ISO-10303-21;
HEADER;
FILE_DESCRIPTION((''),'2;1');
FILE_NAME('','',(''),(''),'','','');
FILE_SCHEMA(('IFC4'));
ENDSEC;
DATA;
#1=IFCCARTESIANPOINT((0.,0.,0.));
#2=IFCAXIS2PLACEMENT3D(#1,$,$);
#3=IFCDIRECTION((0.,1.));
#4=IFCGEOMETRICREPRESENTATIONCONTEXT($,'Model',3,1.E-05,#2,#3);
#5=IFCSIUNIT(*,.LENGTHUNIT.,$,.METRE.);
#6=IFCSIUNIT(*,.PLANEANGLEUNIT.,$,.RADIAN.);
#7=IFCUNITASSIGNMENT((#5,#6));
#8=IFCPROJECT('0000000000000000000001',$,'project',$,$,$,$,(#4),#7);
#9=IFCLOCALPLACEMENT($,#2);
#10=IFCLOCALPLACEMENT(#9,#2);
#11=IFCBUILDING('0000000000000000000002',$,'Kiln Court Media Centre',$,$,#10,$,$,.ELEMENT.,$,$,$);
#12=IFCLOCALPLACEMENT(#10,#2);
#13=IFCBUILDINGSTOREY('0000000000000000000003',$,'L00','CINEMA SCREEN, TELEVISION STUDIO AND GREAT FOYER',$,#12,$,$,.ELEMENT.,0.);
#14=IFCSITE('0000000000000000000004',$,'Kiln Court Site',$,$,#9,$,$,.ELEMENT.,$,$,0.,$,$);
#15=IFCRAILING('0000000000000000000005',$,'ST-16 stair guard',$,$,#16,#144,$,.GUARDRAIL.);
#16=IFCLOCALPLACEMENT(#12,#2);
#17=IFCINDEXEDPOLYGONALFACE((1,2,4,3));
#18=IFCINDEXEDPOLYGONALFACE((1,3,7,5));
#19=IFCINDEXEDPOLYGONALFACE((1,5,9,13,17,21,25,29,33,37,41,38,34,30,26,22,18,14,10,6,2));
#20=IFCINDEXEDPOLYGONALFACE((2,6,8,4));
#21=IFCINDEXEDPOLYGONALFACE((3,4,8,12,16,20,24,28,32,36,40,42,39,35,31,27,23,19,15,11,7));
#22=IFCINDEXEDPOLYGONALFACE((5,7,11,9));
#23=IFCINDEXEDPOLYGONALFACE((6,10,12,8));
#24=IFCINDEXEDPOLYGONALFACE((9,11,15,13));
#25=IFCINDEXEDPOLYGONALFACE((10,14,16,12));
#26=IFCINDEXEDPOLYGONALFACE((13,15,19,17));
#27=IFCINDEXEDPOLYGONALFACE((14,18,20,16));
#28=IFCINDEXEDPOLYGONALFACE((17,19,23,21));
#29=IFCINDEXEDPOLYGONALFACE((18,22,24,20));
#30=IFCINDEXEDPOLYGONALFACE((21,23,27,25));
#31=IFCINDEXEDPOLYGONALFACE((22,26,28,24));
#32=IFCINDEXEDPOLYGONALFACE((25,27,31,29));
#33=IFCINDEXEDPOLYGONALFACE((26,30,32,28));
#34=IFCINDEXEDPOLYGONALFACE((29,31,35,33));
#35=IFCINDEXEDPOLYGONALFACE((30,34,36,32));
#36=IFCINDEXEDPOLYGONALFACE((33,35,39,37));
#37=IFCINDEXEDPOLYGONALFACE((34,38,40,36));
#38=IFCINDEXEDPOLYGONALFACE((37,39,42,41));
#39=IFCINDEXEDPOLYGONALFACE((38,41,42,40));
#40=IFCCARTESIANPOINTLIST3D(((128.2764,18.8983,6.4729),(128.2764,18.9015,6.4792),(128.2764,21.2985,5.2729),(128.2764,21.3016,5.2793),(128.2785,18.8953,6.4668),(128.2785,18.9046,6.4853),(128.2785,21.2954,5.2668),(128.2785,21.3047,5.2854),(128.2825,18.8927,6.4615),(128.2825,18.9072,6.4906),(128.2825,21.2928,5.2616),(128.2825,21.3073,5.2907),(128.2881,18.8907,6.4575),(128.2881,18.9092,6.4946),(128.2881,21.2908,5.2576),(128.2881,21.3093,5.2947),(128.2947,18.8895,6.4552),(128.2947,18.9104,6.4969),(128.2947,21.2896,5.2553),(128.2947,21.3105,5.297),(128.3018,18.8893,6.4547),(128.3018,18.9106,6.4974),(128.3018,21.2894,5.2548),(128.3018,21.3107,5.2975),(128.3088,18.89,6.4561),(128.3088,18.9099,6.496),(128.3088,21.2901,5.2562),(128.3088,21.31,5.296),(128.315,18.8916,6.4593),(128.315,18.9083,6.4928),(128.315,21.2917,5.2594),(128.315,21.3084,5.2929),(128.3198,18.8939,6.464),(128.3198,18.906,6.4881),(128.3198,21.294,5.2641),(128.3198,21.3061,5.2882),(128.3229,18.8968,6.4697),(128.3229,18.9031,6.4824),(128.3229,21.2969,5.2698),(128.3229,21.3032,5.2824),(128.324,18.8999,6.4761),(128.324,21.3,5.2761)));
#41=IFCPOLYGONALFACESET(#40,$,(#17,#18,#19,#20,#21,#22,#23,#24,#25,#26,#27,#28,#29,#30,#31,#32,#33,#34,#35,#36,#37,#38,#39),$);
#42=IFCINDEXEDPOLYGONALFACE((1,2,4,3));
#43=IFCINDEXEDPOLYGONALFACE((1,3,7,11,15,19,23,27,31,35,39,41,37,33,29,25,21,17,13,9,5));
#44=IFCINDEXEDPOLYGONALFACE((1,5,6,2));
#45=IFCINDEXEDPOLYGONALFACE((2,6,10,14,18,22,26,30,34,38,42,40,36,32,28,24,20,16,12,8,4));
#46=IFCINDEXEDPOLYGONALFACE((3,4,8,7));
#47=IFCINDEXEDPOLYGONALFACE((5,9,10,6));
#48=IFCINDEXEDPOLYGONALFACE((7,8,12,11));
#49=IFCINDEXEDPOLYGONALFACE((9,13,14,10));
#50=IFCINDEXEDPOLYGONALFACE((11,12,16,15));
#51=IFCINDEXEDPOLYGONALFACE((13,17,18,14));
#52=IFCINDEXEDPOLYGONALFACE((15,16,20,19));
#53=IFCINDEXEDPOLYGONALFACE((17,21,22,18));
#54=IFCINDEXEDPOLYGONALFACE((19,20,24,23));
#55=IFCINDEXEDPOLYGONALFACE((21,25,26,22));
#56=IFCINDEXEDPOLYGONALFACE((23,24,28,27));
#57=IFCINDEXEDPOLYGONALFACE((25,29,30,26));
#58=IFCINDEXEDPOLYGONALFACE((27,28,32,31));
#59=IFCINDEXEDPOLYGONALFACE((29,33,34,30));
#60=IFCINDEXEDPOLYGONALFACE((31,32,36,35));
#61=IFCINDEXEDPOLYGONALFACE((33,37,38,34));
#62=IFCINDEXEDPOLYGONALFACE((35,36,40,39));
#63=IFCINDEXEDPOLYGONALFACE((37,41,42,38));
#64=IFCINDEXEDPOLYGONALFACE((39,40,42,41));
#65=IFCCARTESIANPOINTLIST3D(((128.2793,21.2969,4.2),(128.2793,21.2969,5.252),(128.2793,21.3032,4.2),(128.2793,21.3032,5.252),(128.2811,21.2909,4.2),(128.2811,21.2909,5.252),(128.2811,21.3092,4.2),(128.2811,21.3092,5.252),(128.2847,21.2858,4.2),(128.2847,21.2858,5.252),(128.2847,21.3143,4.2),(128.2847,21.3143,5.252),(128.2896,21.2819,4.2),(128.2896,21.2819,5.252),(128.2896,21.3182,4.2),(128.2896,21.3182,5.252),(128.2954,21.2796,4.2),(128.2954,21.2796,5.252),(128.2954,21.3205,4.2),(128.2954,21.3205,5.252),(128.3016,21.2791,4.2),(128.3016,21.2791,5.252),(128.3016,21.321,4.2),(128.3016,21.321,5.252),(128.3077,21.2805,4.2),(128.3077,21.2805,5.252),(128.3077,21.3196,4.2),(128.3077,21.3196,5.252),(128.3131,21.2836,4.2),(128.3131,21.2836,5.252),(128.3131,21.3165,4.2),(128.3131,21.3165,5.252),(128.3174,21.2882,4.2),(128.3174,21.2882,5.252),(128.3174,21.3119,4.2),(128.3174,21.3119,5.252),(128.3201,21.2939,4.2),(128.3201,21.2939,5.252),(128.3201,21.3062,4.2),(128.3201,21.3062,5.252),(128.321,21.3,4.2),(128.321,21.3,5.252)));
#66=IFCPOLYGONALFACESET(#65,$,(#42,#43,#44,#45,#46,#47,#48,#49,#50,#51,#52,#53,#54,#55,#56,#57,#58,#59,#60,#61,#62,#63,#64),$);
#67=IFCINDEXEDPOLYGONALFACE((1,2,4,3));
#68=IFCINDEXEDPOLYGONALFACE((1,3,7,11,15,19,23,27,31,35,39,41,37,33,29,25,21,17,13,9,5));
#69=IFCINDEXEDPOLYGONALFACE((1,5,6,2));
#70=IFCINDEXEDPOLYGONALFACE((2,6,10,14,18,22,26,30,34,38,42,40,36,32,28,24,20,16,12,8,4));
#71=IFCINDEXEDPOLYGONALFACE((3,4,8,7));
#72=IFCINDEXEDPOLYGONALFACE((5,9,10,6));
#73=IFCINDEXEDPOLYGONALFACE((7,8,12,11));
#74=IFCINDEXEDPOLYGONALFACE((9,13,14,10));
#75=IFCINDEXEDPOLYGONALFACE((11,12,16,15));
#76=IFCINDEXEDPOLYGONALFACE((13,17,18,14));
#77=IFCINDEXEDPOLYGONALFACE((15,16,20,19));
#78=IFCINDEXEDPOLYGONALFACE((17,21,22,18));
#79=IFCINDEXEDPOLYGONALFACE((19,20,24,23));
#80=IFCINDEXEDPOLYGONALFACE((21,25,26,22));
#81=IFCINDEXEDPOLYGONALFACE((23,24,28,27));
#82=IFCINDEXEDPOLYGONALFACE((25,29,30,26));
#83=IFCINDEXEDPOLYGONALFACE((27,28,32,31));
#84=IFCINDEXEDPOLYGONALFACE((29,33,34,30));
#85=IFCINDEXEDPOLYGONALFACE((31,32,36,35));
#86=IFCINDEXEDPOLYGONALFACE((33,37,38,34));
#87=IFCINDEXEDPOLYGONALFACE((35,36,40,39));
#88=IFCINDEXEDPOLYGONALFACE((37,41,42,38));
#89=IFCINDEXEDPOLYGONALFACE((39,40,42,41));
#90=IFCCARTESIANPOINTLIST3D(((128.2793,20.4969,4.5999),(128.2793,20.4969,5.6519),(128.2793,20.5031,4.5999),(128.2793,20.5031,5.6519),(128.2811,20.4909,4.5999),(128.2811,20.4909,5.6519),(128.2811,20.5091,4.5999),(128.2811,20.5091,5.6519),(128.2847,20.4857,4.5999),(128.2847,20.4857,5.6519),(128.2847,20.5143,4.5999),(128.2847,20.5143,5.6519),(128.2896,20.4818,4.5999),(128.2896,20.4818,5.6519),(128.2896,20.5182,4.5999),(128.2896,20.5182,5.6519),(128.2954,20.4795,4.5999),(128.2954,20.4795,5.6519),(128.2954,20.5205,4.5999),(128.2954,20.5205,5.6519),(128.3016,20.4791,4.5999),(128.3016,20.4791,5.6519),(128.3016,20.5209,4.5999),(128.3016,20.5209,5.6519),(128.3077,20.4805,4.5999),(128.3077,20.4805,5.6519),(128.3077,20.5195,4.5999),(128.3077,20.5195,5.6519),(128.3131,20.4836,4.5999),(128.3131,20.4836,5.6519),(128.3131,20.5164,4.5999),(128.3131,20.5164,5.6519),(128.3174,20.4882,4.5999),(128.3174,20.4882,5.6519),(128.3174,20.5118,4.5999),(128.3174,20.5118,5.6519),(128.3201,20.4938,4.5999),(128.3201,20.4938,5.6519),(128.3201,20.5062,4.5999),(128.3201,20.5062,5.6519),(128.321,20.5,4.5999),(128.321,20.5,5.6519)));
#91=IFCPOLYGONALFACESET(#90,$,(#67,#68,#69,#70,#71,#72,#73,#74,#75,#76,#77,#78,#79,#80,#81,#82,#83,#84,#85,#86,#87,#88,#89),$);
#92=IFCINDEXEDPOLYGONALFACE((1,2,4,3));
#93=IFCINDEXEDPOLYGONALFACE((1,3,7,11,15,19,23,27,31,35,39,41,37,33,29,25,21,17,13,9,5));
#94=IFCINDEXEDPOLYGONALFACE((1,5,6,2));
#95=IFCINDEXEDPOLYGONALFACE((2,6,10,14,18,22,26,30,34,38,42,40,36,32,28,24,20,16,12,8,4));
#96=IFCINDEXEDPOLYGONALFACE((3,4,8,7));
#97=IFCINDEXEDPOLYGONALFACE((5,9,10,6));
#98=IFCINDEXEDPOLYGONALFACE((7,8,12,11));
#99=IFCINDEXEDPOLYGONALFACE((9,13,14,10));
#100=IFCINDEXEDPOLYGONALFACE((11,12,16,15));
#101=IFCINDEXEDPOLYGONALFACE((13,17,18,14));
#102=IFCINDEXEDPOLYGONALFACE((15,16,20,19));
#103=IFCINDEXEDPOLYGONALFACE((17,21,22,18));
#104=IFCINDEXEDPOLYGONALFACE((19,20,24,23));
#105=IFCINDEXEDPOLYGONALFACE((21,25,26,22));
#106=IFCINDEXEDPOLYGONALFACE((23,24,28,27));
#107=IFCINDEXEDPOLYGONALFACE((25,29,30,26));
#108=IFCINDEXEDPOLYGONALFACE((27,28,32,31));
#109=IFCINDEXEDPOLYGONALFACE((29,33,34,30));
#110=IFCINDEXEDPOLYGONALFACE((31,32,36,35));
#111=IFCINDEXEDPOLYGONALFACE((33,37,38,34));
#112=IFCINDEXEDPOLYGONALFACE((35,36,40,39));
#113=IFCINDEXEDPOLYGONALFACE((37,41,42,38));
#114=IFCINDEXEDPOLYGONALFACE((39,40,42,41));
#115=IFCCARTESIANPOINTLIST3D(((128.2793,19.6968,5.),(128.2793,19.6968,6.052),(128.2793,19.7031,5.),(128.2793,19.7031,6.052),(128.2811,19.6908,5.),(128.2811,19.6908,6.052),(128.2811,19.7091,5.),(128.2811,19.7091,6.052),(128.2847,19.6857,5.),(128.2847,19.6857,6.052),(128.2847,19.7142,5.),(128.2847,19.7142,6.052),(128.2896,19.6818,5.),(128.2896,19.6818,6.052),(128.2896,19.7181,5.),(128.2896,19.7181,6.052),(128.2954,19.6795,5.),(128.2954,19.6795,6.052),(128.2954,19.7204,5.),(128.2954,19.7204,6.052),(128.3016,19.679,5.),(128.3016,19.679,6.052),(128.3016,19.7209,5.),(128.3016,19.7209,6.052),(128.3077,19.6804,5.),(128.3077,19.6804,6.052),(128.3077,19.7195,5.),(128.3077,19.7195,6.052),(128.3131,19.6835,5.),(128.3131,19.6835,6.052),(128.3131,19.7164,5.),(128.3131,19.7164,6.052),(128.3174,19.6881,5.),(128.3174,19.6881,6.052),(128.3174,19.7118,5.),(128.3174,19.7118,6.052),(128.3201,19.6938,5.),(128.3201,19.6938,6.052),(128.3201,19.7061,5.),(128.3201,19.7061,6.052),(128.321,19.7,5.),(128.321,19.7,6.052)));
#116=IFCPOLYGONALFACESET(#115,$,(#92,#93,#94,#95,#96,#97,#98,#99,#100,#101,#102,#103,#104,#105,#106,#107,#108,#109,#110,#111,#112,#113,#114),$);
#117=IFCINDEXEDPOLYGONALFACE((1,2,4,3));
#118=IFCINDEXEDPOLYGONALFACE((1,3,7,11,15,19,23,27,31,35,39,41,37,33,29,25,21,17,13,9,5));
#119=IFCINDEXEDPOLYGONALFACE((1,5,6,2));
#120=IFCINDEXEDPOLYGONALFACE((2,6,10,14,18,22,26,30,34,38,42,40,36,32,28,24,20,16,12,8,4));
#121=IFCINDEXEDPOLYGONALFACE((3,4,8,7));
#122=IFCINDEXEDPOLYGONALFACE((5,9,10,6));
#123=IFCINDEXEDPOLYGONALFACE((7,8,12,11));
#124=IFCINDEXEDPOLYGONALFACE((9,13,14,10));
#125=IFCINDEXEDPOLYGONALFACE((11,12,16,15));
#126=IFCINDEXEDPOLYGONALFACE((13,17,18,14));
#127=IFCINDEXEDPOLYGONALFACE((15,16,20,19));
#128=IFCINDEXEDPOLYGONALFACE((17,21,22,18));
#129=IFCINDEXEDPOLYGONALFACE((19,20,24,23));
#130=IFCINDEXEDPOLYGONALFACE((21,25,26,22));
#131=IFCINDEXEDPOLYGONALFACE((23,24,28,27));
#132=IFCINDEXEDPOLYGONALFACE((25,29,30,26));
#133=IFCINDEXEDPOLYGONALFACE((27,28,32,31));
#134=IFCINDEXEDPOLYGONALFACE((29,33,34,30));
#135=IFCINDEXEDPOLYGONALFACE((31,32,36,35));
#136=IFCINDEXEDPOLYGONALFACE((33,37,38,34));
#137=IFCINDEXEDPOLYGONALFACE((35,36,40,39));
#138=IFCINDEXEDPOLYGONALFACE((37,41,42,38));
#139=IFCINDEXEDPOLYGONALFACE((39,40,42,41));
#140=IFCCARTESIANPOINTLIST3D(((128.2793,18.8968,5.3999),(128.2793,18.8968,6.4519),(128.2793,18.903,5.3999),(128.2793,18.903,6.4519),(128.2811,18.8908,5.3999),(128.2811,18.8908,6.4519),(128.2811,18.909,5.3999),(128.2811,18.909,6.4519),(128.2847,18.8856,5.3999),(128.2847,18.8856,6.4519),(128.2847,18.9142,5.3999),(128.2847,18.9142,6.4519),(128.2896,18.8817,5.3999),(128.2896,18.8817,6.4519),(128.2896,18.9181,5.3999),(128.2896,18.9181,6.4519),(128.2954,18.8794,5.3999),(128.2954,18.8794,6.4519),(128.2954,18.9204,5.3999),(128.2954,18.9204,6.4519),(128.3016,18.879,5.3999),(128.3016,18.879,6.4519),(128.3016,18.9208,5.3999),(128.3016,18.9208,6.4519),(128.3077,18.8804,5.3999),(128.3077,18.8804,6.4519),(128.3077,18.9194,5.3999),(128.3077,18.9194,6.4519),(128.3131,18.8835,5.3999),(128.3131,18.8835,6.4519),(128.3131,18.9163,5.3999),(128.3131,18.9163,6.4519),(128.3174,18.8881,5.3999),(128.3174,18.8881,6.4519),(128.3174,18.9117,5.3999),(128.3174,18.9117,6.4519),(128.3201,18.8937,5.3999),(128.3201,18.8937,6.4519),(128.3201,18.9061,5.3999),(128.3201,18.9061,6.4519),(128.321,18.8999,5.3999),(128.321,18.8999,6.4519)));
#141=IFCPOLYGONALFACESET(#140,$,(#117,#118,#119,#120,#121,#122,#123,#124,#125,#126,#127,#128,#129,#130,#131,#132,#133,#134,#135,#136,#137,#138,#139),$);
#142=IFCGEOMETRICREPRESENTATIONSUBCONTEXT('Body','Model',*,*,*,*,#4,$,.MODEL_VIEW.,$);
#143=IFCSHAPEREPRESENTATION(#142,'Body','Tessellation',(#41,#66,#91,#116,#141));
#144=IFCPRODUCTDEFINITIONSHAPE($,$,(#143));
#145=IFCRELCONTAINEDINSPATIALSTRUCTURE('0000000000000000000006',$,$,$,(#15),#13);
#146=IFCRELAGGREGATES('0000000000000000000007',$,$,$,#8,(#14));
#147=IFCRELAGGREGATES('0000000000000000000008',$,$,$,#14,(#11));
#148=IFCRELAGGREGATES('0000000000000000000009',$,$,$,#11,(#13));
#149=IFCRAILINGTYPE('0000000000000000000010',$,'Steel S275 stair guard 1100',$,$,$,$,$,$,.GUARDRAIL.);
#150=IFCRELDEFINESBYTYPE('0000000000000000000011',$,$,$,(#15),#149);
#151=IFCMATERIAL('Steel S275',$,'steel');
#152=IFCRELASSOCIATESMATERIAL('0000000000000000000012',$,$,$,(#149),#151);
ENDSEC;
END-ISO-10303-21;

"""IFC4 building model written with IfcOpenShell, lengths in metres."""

from ifc_helpers import new_model, si_unit, direction, frame, origin, origin_2d, place, context, subcontext, project, spatial, circle, extrude, material, type_object, element, save


model = new_model("IFC4")

# Units and contexts
model_context = context("Model", 3, precision=1e-05, world=origin(), true_north=direction((0.0, 1.0)))
body_context = subcontext(model_context, "Body", "Model", "MODEL_VIEW")
ifc_project = project(units=[si_unit("LENGTHUNIT", "METRE"), si_unit("PLANEANGLEUNIT", "RADIAN")], contexts=[model_context])

# Site, building, storey
site_placement = place(None, origin())
site = spatial("IfcSite", under=ifc_project, at=site_placement, Name="Kiln Court Site", CompositionType="ELEMENT", RefElevation=0.0)
building_placement = place(site_placement, origin())
building = spatial("IfcBuilding", under=site, at=building_placement, Name="Kiln Court Media Centre", CompositionType="ELEMENT")
storey_placement = place(building_placement, origin())
storey = spatial("IfcBuildingStorey", under=building, at=storey_placement, Name="L00", Description="CINEMA SCREEN, TELEVISION STUDIO AND GREAT FOYER", CompositionType="ELEMENT", Elevation=0.0)

# Railing
ifc_material_1 = material(Name="Steel S275", Category="steel")
railing_type_1 = type_object("IfcRailingType", Name="Steel S275 stair guard 1100", PredefinedType="GUARDRAIL", material=ifc_material_1)
railing_1_placement = place(storey_placement, frame((128.3, 21.3, 4.2)))
element("IfcRailing", 1, at=railing_1_placement, inside=storey, type_object=railing_type_1, Name="ST-16 stair guard", PredefinedType="GUARDRAIL", context=body_context, shape_type="SweptSolid", body=[
    extrude(circle(Radius=0.0239, at=origin_2d()), frame((0.0, 0.0, 1.0762), z_axis=(0.0, -0.894445, 0.447177), x_axis=(1.0, 0.0, 0.0)), (0.0, 0.0, 1.0), 2.6833),
    extrude(circle(Radius=0.021, at=origin_2d()), origin(), (0.0, 0.0, 1.0), 1.052),
    extrude(circle(Radius=0.021, at=origin_2d()), frame((0.0, -0.8, 0.3999)), (0.0, 0.0, 1.0), 1.052),
    extrude(circle(Radius=0.021, at=origin_2d()), frame((0.0, -1.6001, 0.8)), (0.0, 0.0, 1.0), 1.052),
    extrude(circle(Radius=0.021, at=origin_2d()), frame((0.0, -2.4001, 1.2)), (0.0, 0.0, 1.0), 1.052),
])

save(model, "model.ifc")
